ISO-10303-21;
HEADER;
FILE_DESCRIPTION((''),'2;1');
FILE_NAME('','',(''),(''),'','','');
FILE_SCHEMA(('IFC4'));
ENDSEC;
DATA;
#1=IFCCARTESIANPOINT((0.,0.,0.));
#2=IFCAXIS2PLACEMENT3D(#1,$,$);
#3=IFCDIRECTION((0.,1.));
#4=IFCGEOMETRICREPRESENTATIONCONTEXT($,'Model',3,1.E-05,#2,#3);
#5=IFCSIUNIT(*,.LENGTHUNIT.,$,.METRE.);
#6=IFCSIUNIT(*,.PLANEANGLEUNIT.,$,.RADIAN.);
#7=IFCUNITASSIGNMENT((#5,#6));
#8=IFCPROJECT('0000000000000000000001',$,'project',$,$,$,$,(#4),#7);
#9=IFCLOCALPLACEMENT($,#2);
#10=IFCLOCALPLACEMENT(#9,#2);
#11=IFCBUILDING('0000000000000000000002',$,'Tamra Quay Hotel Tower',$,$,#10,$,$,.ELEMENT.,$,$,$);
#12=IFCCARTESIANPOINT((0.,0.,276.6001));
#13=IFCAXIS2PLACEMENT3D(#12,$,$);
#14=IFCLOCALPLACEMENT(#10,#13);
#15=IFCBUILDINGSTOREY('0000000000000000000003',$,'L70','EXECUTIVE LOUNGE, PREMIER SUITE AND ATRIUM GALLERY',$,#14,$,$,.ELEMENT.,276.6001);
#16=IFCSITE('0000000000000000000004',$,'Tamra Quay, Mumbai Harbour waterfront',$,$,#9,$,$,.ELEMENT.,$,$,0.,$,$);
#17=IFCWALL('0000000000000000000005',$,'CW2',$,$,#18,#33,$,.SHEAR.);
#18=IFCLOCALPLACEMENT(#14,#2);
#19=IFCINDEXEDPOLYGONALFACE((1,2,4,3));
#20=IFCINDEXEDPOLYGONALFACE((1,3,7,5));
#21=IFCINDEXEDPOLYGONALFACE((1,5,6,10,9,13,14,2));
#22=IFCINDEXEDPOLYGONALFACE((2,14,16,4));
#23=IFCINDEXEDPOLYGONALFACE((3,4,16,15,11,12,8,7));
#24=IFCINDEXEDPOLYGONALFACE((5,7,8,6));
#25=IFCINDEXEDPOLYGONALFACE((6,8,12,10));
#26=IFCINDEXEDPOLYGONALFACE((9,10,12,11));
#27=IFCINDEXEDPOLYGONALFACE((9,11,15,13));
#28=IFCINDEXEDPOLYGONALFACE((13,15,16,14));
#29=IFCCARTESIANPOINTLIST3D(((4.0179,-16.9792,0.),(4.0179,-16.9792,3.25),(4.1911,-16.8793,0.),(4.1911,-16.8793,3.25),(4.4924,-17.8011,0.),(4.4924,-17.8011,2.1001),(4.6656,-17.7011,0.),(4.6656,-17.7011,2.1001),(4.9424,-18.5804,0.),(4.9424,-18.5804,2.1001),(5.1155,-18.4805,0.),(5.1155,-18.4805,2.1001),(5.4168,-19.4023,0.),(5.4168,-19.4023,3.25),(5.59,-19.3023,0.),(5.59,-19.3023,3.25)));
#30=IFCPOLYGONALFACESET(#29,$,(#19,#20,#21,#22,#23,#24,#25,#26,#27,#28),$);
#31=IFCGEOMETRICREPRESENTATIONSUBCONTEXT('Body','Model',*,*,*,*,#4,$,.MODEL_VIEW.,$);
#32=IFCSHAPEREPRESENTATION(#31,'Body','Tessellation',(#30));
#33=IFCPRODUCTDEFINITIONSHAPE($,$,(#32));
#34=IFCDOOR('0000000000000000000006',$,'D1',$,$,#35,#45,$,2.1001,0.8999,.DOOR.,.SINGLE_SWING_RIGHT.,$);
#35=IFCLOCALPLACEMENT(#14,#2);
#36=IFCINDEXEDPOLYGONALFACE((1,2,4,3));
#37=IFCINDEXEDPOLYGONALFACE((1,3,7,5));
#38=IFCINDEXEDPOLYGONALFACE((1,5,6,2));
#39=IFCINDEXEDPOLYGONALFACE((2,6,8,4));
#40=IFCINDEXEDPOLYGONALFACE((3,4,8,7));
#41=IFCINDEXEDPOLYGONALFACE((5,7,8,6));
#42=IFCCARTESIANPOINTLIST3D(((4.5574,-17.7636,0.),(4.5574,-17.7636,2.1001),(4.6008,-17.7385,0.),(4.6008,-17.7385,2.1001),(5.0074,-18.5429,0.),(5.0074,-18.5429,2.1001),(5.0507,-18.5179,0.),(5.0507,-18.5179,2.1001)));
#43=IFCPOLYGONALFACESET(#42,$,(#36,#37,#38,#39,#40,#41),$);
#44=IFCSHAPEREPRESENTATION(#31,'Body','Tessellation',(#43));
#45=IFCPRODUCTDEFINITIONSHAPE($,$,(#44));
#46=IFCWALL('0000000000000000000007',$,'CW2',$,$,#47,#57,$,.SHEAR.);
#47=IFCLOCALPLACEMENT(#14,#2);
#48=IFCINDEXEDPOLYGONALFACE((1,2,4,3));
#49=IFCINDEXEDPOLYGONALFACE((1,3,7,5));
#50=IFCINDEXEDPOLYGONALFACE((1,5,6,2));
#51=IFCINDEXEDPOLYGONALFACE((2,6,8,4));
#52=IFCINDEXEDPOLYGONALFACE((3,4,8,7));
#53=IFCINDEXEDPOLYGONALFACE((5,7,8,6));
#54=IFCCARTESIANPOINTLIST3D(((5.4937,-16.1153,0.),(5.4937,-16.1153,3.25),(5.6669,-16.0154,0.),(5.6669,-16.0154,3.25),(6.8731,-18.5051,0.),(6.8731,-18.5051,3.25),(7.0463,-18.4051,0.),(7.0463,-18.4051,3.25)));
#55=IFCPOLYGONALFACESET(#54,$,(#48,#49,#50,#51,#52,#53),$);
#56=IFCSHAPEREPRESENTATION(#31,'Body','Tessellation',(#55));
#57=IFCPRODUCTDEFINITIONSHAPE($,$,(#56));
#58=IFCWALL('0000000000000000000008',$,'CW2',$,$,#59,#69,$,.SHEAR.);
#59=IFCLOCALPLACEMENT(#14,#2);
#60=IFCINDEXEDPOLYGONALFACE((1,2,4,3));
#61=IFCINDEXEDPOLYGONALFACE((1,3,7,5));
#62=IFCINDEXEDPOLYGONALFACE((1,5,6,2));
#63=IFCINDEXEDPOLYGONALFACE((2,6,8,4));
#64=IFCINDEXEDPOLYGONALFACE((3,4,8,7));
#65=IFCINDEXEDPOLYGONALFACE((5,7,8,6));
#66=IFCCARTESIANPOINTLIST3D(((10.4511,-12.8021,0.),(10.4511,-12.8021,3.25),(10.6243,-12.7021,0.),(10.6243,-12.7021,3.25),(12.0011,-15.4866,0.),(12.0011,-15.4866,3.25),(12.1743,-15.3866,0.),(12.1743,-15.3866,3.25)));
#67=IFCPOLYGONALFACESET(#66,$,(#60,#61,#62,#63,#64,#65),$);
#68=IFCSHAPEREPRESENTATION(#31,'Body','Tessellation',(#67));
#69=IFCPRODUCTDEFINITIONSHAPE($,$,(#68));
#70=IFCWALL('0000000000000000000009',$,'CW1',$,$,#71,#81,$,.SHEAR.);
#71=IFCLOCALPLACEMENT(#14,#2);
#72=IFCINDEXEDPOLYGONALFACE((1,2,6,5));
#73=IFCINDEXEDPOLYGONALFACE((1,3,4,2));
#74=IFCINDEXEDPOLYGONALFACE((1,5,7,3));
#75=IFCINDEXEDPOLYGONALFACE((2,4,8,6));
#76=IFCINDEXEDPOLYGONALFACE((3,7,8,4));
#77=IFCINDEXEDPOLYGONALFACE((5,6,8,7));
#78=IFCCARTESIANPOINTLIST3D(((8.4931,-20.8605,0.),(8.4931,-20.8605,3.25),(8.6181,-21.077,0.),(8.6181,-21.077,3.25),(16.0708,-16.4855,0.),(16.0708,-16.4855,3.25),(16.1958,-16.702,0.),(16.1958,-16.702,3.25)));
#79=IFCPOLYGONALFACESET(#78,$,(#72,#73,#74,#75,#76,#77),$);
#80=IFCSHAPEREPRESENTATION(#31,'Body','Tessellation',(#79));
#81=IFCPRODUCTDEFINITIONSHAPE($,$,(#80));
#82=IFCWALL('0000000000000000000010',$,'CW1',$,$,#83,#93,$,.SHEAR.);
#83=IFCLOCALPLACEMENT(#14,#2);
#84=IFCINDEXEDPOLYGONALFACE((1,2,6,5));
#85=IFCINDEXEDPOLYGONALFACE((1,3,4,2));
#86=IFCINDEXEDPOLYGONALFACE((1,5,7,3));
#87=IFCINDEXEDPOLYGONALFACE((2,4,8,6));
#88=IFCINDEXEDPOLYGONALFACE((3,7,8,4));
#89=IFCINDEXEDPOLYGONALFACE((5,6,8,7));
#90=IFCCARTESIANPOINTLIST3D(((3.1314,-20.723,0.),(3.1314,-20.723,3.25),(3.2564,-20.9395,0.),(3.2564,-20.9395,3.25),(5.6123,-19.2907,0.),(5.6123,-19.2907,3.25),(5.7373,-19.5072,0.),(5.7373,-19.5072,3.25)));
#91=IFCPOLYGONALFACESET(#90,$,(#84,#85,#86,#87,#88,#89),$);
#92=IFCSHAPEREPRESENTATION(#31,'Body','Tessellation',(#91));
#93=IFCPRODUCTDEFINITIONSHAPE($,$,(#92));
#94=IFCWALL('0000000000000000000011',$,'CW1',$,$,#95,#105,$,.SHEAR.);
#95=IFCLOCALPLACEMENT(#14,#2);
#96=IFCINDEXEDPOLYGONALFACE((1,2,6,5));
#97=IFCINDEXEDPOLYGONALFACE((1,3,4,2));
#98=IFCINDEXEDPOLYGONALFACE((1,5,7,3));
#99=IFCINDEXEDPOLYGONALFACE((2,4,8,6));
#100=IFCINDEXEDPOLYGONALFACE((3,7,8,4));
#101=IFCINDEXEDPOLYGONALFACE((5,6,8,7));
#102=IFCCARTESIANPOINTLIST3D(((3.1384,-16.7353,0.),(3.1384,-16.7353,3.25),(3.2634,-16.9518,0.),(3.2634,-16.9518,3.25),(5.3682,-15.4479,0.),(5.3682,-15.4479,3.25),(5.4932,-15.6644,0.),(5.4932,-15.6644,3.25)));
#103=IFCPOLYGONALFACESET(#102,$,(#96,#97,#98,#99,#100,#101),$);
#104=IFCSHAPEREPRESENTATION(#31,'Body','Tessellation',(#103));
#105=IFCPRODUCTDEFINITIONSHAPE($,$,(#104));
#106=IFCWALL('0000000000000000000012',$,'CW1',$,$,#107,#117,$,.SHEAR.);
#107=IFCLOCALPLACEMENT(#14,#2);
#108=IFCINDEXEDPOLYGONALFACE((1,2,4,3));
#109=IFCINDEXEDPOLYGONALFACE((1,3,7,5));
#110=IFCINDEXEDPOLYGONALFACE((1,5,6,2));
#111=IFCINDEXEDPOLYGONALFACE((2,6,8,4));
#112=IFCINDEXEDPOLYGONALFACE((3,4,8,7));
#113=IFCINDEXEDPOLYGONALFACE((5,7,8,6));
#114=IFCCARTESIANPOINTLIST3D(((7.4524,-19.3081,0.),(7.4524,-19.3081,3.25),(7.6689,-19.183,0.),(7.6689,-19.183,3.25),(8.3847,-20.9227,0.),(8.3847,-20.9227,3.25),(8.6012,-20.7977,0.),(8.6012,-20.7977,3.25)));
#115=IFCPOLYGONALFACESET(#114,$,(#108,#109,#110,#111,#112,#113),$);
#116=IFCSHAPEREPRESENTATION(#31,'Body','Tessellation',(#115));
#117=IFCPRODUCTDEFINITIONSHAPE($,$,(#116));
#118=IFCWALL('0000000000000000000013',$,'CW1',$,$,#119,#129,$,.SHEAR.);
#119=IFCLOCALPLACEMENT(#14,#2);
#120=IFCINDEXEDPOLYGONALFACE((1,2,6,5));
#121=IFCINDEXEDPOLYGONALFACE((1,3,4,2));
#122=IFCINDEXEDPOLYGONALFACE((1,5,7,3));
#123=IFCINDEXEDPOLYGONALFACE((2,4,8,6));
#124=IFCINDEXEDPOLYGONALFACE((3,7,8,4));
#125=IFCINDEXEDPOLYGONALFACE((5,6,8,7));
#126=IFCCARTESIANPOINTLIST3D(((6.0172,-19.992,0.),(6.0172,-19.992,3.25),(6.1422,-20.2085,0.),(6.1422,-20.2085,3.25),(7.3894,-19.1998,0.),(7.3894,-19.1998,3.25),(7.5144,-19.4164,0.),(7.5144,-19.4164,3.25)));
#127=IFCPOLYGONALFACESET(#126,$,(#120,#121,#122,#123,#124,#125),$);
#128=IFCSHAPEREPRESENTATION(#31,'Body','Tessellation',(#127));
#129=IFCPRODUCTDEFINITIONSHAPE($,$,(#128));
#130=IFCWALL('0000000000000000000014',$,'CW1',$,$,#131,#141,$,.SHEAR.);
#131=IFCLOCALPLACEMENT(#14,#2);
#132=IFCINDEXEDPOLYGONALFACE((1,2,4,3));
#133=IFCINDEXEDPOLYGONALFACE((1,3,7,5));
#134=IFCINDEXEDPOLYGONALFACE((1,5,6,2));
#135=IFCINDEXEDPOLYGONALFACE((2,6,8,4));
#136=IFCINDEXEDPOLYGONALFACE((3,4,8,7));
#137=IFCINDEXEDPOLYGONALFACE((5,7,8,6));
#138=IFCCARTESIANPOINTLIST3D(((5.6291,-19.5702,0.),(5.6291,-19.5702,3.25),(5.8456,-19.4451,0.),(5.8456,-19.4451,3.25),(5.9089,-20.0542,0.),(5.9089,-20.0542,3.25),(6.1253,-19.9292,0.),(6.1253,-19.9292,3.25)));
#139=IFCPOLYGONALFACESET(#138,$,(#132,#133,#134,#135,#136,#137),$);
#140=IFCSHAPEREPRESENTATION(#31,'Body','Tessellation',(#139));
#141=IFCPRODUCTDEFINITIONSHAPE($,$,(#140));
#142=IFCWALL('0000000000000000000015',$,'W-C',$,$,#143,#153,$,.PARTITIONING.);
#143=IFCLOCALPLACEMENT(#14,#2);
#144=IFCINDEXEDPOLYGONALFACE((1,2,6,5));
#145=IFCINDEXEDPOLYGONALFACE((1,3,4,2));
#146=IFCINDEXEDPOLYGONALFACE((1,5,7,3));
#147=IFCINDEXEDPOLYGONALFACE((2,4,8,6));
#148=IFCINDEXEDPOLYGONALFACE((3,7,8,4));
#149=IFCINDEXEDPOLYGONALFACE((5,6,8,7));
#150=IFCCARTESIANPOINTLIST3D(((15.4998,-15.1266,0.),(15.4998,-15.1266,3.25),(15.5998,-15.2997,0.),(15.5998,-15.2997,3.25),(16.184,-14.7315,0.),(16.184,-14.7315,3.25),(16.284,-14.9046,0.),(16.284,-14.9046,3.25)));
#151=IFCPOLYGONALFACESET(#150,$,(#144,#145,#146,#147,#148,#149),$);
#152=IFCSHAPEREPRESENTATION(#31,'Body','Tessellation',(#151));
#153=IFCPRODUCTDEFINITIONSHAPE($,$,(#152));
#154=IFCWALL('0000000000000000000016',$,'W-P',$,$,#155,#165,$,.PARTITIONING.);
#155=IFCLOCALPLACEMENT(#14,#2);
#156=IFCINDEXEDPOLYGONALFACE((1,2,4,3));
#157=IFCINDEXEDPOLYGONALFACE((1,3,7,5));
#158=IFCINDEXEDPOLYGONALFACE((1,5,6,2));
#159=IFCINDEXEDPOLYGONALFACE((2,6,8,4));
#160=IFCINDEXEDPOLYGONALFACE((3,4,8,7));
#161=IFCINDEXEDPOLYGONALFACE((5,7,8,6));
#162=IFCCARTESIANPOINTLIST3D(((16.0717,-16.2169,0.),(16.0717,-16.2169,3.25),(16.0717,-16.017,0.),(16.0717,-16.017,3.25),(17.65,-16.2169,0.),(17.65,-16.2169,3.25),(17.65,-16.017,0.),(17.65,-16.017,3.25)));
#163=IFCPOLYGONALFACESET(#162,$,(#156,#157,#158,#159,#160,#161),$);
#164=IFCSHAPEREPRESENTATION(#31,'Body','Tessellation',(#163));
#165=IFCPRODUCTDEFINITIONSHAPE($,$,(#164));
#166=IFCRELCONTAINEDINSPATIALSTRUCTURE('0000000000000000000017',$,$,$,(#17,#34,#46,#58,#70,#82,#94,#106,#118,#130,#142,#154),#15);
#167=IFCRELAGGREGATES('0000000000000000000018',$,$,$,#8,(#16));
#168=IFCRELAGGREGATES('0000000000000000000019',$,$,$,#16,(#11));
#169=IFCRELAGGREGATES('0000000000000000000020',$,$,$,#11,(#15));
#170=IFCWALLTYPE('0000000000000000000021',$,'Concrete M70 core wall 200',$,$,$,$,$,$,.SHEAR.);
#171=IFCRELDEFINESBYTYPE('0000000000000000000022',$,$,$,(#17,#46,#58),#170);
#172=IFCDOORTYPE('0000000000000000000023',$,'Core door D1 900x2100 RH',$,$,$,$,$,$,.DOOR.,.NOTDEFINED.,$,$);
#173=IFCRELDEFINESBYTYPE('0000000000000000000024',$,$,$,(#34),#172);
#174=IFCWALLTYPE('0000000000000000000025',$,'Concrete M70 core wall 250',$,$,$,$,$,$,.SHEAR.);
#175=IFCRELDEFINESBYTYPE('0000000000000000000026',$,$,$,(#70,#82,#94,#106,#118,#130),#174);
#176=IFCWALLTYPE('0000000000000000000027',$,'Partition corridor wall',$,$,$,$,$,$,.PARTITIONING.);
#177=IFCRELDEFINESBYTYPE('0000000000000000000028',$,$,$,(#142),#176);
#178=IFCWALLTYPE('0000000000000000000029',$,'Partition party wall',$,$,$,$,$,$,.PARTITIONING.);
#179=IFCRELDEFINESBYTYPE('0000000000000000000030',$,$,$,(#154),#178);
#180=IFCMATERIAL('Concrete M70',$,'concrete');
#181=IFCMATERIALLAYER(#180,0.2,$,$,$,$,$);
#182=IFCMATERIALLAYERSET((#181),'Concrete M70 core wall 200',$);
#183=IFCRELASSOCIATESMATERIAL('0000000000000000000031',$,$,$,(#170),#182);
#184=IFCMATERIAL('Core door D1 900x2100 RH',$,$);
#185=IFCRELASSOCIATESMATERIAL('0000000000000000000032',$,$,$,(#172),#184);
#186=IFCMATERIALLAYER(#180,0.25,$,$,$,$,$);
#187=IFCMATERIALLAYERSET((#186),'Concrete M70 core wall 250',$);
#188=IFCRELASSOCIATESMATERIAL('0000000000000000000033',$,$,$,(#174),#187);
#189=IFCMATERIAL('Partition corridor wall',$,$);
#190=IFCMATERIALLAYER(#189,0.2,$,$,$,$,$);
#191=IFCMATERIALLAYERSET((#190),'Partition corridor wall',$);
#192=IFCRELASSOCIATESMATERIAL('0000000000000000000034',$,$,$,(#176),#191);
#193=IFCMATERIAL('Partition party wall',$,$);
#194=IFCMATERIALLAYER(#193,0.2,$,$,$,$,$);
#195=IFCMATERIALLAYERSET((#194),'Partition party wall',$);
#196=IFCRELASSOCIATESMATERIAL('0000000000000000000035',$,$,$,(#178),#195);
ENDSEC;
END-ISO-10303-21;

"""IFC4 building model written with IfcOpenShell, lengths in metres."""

from ifc_helpers import new_model, si_unit, direction, frame, frame_2d, origin, place, context, subcontext, project, spatial, rectangle, extrude, material, layer, layer_set, type_object, element, fill, save


model = new_model("IFC4")

# Units and contexts
model_context = context("Model", 3, precision=1e-05, world=origin(), true_north=direction((0.0, 1.0)))
body_context = subcontext(model_context, "Body", "Model", "MODEL_VIEW")
ifc_project = project(units=[si_unit("LENGTHUNIT", "METRE"), si_unit("PLANEANGLEUNIT", "RADIAN")], contexts=[model_context])

# Site, building, storey
site_placement = place(None, origin())
site = spatial("IfcSite", under=ifc_project, at=site_placement, Name="Tamra Quay, Mumbai Harbour waterfront", CompositionType="ELEMENT", RefElevation=0.0)
building_placement = place(site_placement, origin())
building = spatial("IfcBuilding", under=site, at=building_placement, Name="Tamra Quay Hotel Tower", CompositionType="ELEMENT")
storey_placement = place(building_placement, frame((0.0, 0.0, 276.6001)))
storey = spatial("IfcBuildingStorey", under=building, at=storey_placement, Name="L70", Description="EXECUTIVE LOUNGE, PREMIER SUITE AND ATRIUM GALLERY", CompositionType="ELEMENT", Elevation=276.6001)

# Shared definitions
ifc_material_1 = material(Name="Concrete M70", Category="concrete")

# Shared definitions
ifc_layer_1 = layer(ifc_material_1, 0.2)
ifc_layer_set_1 = layer_set([ifc_layer_1], Name="Concrete M70 core wall 200")
wall_type_1 = type_object("IfcWallType", Name="Concrete M70 core wall 200", PredefinedType="SHEAR", material=ifc_layer_set_1)

# Wall, opening, door
wall_1_placement = place(storey_placement, frame((5.5034, -19.3523, 0.0), z_axis=(0.0, 0.0, 1.0), x_axis=(-0.499987, 0.866033, 0.0)))
wall_1 = element("IfcWall", 1, at=wall_1_placement, inside=storey, type_object=wall_type_1, Name="CW2", PredefinedType="SHEAR", context=body_context, shape_type="SweptSolid", body=[
    extrude(rectangle(XDim=2.7979, YDim=0.2, at=frame_2d((1.3989, 0.0))), origin(), (0.0, 0.0, 1.0), 3.25),
])
opening_1_placement = place(wall_1_placement, frame((0.949, 0.0, 0.0)))
opening_1 = element("IfcOpeningElement", 2, at=opening_1_placement, cuts=wall_1, PredefinedType="OPENING", context=body_context, shape_type="SweptSolid", body=[
    extrude(rectangle(XDim=0.8999, YDim=2.1001, at=frame_2d((0.45, 1.05))), frame((0.0, 0.1099, 0.0), z_axis=(0.0, -1.0, 0.0), x_axis=(1.0, 0.0, 0.0)), (0.0, 0.0, 1.0), 0.22),
])
ifc_material_2 = material(Name="Core door D1 900x2100 RH")
door_type_1 = type_object("IfcDoorType", Name="Core door D1 900x2100 RH", OperationType="NOTDEFINED", PredefinedType="DOOR", material=ifc_material_2)
door_1_placement = place(opening_1_placement, origin())
door_1 = element("IfcDoor", 3, at=door_1_placement, inside=storey, type_object=door_type_1, Name="D1", OperationType="SINGLE_SWING_RIGHT", OverallHeight=2.1001, OverallWidth=0.8999, PredefinedType="DOOR", context=body_context, shape_type="SweptSolid", body=[
    extrude(rectangle(XDim=0.8999, YDim=2.1001, at=frame_2d((0.45, 1.05))), frame((0.0, 0.0249, 0.0), z_axis=(0.0, -1.0, 0.0), x_axis=(1.0, 0.0, 0.0)), (0.0, 0.0, 1.0), 0.05),
])
fill(opening_1, door_1)

# Walls
wall_2_placement = place(storey_placement, frame((6.9597, -18.4551, 0.0), z_axis=(0.0, 0.0, 1.0), x_axis=(-0.499927, 0.866068, 0.0)))
element("IfcWall", 4, at=wall_2_placement, inside=storey, type_object=wall_type_1, Name="CW2", PredefinedType="SHEAR", context=body_context, shape_type="SweptSolid", body=[
    extrude(rectangle(XDim=2.7593, YDim=0.2, at=frame_2d((1.3796, 0.0))), origin(), (0.0, 0.0, 1.0), 3.25),
])
wall_3_placement = place(storey_placement, frame((12.0876, -15.4365, 0.0), z_axis=(0.0, 0.0, 1.0), x_axis=(-0.500027, 0.86601, 0.0)))
element("IfcWall", 5, at=wall_3_placement, inside=storey, type_object=wall_type_1, Name="CW2", PredefinedType="SHEAR", context=body_context, shape_type="SweptSolid", body=[
    extrude(rectangle(XDim=3.0999, YDim=0.2, at=frame_2d((1.5498, 0.0))), origin(), (0.0, 0.0, 1.0), 3.25),
])
ifc_layer_2 = layer(ifc_material_1, 0.25)
ifc_layer_set_2 = layer_set([ifc_layer_2], Name="Concrete M70 core wall 250")
wall_type_2 = type_object("IfcWallType", Name="Concrete M70 core wall 250", PredefinedType="SHEAR", material=ifc_layer_set_2)
wall_4_placement = place(storey_placement, frame((16.1333, -16.5938, 0.0), z_axis=(0.0, 0.0, 1.0), x_axis=(-0.866023, -0.500004, 0.0)))
element("IfcWall", 6, at=wall_4_placement, inside=storey, type_object=wall_type_2, Name="CW1", PredefinedType="SHEAR", context=body_context, shape_type="SweptSolid", body=[
    extrude(rectangle(XDim=8.75, YDim=0.25, at=frame_2d((4.375, 0.0))), origin(), (0.0, 0.0, 1.0), 3.25),
])
wall_5_placement = place(storey_placement, frame((5.6748, -19.3989, 0.0), z_axis=(0.0, 0.0, 1.0), x_axis=(-0.866027, -0.499998, 0.0)))
element("IfcWall", 7, at=wall_5_placement, inside=storey, type_object=wall_type_2, Name="CW1", PredefinedType="SHEAR", context=body_context, shape_type="SweptSolid", body=[
    extrude(rectangle(XDim=2.8647, YDim=0.25, at=frame_2d((1.4324, 0.0))), origin(), (0.0, 0.0, 1.0), 3.25),
])
wall_6_placement = place(storey_placement, frame((5.4307, -15.5562, 0.0), z_axis=(0.0, 0.0, 1.0), x_axis=(-0.866023, -0.500004, 0.0)))
element("IfcWall", 8, at=wall_6_placement, inside=storey, type_object=wall_type_2, Name="CW1", PredefinedType="SHEAR", context=body_context, shape_type="SweptSolid", body=[
    extrude(rectangle(XDim=2.5747, YDim=0.25, at=frame_2d((1.2874, 0.0))), origin(), (0.0, 0.0, 1.0), 3.25),
])
wall_7_placement = place(storey_placement, frame((8.4929, -20.8601, 0.0), z_axis=(0.0, 0.0, 1.0), x_axis=(-0.50004, 0.866002, 0.0)))
element("IfcWall", 9, at=wall_7_placement, inside=storey, type_object=wall_type_2, Name="CW1", PredefinedType="SHEAR", context=body_context, shape_type="SweptSolid", body=[
    extrude(rectangle(XDim=1.8645, YDim=0.25, at=frame_2d((0.9321, 0.0))), origin(), (0.0, 0.0, 1.0), 3.25),
])
wall_8_placement = place(storey_placement, frame((7.4519, -19.3081, 0.0), z_axis=(0.0, 0.0, 1.0), x_axis=(-0.866044, -0.499967, 0.0)))
element("IfcWall", 10, at=wall_8_placement, inside=storey, type_object=wall_type_2, Name="CW1", PredefinedType="SHEAR", context=body_context, shape_type="SweptSolid", body=[
    extrude(rectangle(XDim=1.5845, YDim=0.25, at=frame_2d((0.7922, 0.0))), origin(), (0.0, 0.0, 1.0), 3.25),
])
wall_9_placement = place(storey_placement, frame((6.0171, -19.9917, 0.0), z_axis=(0.0, 0.0, 1.0), x_axis=(-0.500365, 0.865815, 0.0)))
element("IfcWall", 11, at=wall_9_placement, inside=storey, type_object=wall_type_2, Name="CW1", PredefinedType="SHEAR", context=body_context, shape_type="SweptSolid", body=[
    extrude(rectangle(XDim=0.5591, YDim=0.25, at=frame_2d((0.2795, 0.0))), origin(), (0.0, 0.0, 1.0), 3.25),
])
ifc_material_3 = material(Name="Partition corridor wall")
ifc_layer_3 = layer(ifc_material_3, 0.2)
ifc_layer_set_3 = layer_set([ifc_layer_3], Name="Partition corridor wall")
wall_type_3 = type_object("IfcWallType", Name="Partition corridor wall", PredefinedType="PARTITIONING", material=ifc_layer_set_3)
wall_10_placement = place(storey_placement, frame((15.5498, -15.2131, 0.0), z_axis=(0.0, 0.0, 1.0), x_axis=(0.86599, 0.500061, 0.0)))
element("IfcWall", 12, at=wall_10_placement, inside=storey, type_object=wall_type_3, Name="W-C", PredefinedType="PARTITIONING", context=body_context, shape_type="SweptSolid", body=[
    extrude(rectangle(XDim=0.79, YDim=0.2, at=frame_2d((0.395, 0.0))), origin(), (0.0, 0.0, 1.0), 3.25),
])
ifc_material_4 = material(Name="Partition party wall")
ifc_layer_4 = layer(ifc_material_4, 0.2)
ifc_layer_set_4 = layer_set([ifc_layer_4], Name="Partition party wall")
wall_type_4 = type_object("IfcWallType", Name="Partition party wall", PredefinedType="PARTITIONING", material=ifc_layer_set_4)
wall_11_placement = place(storey_placement, frame((16.0718, -16.1169, 0.0), z_axis=(0.0, 0.0, 1.0), x_axis=(1.0, 0.0, 0.0)))
element("IfcWall", 13, at=wall_11_placement, inside=storey, type_object=wall_type_4, Name="W-P", PredefinedType="PARTITIONING", context=body_context, shape_type="SweptSolid", body=[
    extrude(rectangle(XDim=1.5784, YDim=0.2, at=frame_2d((0.7891, 0.0))), origin(), (0.0, 0.0, 1.0), 3.25),
])

save(model, "model.ifc")
